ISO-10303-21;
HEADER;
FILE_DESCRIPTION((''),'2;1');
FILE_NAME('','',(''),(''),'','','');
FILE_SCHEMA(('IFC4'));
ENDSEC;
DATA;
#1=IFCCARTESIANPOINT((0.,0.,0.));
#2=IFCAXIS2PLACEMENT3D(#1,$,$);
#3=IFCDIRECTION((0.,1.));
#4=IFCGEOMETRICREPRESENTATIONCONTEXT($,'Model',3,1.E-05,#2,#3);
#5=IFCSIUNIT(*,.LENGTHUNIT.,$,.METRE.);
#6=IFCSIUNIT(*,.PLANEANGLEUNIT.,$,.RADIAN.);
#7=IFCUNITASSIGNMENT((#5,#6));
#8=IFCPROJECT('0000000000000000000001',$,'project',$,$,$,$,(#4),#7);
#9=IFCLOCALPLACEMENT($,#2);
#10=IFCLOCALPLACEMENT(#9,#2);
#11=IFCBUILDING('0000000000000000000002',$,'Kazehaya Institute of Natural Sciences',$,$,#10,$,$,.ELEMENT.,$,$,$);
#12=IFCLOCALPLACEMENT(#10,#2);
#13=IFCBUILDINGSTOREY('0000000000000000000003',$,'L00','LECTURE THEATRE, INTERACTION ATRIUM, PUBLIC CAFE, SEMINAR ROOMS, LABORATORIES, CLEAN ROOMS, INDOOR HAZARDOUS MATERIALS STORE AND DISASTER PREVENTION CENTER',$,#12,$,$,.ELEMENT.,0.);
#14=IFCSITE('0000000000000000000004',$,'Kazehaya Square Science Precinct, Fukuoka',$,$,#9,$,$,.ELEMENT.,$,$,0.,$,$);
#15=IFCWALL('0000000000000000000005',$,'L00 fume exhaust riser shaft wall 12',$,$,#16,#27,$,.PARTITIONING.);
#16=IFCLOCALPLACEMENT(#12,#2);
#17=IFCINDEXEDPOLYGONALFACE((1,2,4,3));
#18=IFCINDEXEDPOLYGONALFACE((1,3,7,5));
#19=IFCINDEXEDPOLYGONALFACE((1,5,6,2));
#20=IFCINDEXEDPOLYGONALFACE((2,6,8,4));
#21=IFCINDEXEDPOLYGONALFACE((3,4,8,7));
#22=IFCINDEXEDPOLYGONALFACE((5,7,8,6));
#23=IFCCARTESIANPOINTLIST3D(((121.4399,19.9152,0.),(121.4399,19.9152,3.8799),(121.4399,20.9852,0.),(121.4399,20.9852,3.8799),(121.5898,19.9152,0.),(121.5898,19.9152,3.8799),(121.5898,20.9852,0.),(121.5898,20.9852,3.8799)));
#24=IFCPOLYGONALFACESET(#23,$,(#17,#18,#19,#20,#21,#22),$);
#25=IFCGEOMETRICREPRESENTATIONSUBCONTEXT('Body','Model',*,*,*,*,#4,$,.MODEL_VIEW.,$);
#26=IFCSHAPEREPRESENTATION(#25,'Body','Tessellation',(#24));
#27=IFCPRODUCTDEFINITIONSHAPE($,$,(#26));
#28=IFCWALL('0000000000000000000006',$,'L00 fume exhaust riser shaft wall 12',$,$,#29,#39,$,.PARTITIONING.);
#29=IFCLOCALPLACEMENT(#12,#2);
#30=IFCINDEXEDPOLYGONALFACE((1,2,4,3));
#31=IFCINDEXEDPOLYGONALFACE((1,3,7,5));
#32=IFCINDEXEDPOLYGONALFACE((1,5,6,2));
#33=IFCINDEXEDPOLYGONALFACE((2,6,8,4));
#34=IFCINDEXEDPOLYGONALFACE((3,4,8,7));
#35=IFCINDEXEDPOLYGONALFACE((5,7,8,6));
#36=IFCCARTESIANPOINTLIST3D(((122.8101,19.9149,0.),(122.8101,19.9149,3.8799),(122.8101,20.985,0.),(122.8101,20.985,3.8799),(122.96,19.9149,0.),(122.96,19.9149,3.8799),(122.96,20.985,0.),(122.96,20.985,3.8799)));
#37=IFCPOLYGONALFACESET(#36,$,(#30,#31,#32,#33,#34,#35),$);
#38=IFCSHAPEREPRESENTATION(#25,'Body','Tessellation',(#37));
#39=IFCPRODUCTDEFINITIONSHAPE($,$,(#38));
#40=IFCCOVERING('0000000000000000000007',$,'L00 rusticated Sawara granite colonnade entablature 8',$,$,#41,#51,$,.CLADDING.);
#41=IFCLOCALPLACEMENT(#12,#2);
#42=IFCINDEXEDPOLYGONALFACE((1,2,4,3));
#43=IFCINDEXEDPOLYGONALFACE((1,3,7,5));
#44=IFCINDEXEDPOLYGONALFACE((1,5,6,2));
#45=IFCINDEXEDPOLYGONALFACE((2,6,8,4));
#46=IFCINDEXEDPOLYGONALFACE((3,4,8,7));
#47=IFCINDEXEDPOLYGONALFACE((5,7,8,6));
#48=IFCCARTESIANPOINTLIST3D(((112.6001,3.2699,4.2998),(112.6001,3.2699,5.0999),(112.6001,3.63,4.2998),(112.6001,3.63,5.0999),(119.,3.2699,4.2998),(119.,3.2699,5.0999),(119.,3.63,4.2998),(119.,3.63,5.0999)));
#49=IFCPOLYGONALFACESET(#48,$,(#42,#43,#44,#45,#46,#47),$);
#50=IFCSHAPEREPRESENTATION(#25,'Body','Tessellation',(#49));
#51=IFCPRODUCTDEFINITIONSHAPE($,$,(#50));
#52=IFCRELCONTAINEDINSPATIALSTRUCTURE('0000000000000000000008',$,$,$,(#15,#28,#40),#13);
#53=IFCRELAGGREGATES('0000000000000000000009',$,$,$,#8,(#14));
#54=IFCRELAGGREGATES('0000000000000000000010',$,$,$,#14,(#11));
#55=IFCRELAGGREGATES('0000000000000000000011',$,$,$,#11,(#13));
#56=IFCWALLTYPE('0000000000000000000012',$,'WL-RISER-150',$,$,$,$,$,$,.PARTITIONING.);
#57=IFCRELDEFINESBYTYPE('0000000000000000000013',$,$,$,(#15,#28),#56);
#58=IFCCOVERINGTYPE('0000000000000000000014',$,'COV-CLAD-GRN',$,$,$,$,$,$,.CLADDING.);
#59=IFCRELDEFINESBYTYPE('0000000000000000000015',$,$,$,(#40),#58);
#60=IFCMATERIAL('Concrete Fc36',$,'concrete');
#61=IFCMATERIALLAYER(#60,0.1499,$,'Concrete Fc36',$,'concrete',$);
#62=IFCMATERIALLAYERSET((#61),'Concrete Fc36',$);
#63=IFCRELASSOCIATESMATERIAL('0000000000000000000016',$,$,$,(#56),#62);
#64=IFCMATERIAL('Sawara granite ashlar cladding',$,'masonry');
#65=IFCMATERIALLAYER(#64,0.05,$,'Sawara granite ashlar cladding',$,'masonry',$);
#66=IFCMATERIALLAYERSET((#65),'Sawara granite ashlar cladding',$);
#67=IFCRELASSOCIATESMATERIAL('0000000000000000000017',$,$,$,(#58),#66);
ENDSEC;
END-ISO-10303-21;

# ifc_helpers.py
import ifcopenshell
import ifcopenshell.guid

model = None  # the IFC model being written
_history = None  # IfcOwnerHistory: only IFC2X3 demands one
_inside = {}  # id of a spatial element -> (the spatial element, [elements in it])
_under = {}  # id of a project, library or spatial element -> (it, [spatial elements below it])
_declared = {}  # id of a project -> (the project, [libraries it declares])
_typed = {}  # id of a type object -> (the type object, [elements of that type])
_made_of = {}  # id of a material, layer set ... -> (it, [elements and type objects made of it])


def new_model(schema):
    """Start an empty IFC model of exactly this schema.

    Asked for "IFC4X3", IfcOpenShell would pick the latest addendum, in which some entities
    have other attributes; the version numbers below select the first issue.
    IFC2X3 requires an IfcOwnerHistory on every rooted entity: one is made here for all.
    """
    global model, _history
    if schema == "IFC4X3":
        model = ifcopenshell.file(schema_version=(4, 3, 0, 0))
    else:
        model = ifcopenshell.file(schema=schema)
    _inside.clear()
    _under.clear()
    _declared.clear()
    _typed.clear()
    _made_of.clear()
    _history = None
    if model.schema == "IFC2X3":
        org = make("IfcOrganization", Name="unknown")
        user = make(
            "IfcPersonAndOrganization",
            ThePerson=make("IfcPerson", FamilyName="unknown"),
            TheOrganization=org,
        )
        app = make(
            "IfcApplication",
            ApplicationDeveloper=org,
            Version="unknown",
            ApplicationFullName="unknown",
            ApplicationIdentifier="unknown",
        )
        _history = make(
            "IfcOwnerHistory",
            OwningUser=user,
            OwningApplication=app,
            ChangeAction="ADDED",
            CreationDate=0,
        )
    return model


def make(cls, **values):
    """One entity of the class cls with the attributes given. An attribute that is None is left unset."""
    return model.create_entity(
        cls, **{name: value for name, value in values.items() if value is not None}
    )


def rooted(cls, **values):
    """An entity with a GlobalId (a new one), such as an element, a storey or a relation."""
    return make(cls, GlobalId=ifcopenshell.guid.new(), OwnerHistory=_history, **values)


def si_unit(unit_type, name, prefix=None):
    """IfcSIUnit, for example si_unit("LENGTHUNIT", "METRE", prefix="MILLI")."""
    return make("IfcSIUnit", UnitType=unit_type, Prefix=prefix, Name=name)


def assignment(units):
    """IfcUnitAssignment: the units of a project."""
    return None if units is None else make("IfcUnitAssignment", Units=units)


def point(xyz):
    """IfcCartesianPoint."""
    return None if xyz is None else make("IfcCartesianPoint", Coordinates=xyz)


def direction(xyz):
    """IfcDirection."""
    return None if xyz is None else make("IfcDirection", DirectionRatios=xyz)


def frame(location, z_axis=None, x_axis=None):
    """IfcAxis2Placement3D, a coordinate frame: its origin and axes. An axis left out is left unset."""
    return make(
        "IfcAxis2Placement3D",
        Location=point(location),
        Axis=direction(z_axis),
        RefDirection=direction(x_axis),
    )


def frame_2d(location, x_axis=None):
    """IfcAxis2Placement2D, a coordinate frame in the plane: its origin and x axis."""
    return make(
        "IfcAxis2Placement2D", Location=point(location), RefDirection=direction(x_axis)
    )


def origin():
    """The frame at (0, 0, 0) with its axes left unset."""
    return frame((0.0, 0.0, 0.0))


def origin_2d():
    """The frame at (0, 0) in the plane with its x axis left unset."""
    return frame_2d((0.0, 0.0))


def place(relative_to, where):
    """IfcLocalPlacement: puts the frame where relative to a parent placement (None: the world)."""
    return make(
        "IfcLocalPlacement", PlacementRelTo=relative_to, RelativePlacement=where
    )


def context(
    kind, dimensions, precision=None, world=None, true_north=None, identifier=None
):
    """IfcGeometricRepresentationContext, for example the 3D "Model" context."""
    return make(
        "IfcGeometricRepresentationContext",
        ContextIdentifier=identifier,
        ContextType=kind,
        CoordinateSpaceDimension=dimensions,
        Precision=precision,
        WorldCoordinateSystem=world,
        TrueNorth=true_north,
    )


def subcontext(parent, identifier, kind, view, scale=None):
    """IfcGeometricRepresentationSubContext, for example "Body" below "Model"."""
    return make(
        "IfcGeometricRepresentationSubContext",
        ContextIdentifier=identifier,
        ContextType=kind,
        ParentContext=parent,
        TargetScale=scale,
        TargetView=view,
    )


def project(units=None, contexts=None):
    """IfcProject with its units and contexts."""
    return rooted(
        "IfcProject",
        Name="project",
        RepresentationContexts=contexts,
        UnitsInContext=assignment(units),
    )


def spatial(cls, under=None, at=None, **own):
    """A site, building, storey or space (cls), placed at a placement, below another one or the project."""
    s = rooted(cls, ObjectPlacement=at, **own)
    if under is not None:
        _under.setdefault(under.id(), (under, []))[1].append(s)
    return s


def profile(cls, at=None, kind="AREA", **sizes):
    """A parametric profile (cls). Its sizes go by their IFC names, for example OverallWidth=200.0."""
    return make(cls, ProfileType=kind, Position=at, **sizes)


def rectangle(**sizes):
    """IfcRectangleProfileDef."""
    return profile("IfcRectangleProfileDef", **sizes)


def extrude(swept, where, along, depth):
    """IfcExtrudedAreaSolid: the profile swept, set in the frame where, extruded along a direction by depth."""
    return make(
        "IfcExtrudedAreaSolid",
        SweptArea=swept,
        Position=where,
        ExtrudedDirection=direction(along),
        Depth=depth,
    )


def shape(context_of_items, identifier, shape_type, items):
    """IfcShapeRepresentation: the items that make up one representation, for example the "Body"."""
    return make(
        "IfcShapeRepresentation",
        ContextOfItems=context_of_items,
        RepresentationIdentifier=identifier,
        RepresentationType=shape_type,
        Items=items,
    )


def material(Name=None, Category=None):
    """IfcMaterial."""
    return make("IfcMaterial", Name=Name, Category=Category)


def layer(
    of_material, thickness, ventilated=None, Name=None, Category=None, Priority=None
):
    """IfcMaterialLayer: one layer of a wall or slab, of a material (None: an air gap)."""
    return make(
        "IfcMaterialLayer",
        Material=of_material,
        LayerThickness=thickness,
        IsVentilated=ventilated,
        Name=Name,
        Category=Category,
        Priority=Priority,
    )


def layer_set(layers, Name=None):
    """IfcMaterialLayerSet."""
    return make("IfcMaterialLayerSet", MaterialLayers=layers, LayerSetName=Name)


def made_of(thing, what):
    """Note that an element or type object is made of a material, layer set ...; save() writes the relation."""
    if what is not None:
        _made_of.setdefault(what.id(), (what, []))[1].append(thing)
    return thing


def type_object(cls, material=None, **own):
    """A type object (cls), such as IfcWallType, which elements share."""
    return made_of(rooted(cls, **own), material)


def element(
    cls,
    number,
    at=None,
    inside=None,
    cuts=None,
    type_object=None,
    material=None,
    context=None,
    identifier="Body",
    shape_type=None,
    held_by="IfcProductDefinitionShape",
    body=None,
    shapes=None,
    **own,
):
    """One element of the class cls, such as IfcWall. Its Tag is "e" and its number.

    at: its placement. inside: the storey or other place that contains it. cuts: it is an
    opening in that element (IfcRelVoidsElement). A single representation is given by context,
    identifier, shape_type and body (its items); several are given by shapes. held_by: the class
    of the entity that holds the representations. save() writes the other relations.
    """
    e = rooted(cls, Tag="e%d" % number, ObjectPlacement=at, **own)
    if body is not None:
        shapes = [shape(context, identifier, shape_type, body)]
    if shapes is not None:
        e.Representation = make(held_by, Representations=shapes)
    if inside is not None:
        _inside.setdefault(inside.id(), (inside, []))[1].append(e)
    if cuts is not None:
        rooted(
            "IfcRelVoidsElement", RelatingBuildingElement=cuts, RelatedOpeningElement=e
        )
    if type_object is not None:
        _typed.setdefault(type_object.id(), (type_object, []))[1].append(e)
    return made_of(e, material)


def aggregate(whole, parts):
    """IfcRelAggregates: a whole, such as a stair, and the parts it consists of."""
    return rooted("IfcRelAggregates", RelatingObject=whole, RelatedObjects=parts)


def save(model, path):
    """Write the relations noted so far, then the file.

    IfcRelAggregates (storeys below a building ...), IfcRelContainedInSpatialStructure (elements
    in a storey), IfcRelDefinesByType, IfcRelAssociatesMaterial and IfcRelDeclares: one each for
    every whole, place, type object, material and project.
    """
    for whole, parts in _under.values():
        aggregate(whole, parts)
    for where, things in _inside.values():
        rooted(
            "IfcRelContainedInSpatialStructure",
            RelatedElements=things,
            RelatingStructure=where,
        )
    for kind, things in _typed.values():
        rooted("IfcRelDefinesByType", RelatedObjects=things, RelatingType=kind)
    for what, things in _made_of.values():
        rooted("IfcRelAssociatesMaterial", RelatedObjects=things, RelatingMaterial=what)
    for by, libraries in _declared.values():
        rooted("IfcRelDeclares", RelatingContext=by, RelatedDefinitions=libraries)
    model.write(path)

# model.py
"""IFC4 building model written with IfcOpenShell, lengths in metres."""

from ifc_helpers import new_model, si_unit, direction, frame, frame_2d, origin, origin_2d, place, context, subcontext, project, spatial, rectangle, extrude, material, layer, layer_set, type_object, element, save


model = new_model("IFC4")

# Units and contexts
model_context = context("Model", 3, precision=1e-05, world=origin(), true_north=direction((0.0, 1.0)))
body_context = subcontext(model_context, "Body", "Model", "MODEL_VIEW")
ifc_project = project(units=[si_unit("LENGTHUNIT", "METRE"), si_unit("PLANEANGLEUNIT", "RADIAN")], contexts=[model_context])

# Site, building, storey
site_placement = place(None, origin())
site = spatial("IfcSite", under=ifc_project, at=site_placement, Name="Kazehaya Square Science Precinct, Fukuoka", CompositionType="ELEMENT", RefElevation=0.0)
building_placement = place(site_placement, origin())
building = spatial("IfcBuilding", under=site, at=building_placement, Name="Kazehaya Institute of Natural Sciences", CompositionType="ELEMENT")
storey_placement = place(building_placement, origin())
storey = spatial("IfcBuildingStorey", under=building, at=storey_placement, Name="L00", Description="LECTURE THEATRE, INTERACTION ATRIUM, PUBLIC CAFE, SEMINAR ROOMS, LABORATORIES, CLEAN ROOMS, INDOOR HAZARDOUS MATERIALS STORE AND DISASTER PREVENTION CENTER", CompositionType="ELEMENT", Elevation=0.0)

# Shared definitions
ifc_material_1 = material(Name="Concrete Fc36", Category="concrete")

# Walls
ifc_layer_1 = layer(ifc_material_1, 0.1499, Name="Concrete Fc36", Category="concrete")
ifc_layer_set_1 = layer_set([ifc_layer_1], Name="Concrete Fc36")
wall_type_1 = type_object("IfcWallType", Name="WL-RISER-150", PredefinedType="PARTITIONING", material=ifc_layer_set_1)
for number, where, z_axis, x_axis, name in (
    (1, (121.5149, 19.915, 0.0), (0.0, 0.0, 1.0), (0.0, 1.0, 0.0), "L00 fume exhaust riser shaft wall 12"),
    (2, (122.885, 20.9851, 0.0), (0.0, 0.0, 1.0), (0.0, -1.0, 0.0), "L00 fume exhaust riser shaft wall 12"),
):
    element("IfcWall", number, at=place(storey_placement, frame(where, z_axis=z_axis, x_axis=x_axis)), inside=storey, type_object=wall_type_1, Name=name, PredefinedType="PARTITIONING", context=body_context, shape_type="SweptSolid", body=[
        extrude(rectangle(XDim=1.0701, YDim=0.1499, at=frame_2d((0.5352, 0.0))), origin(), (0.0, 0.0, 1.0), 3.8799),
    ])

# Covering
ifc_material_2 = material(Name="Sawara granite ashlar cladding", Category="masonry")
ifc_layer_2 = layer(ifc_material_2, 0.05, Name="Sawara granite ashlar cladding", Category="masonry")
ifc_layer_set_2 = layer_set([ifc_layer_2], Name="Sawara granite ashlar cladding")
covering_type = type_object("IfcCoveringType", Name="COV-CLAD-GRN", PredefinedType="CLADDING", material=ifc_layer_set_2)
covering_placement = place(storey_placement, frame((115.8, 3.45, 4.2998), z_axis=(0.0, 0.0, 1.0), x_axis=(1.0, 0.0, 0.0)))
element("IfcCovering", 3, at=covering_placement, inside=storey, type_object=covering_type, Name="L00 rusticated Sawara granite colonnade entablature 8", PredefinedType="CLADDING", context=body_context, shape_type="SweptSolid", body=[
    extrude(rectangle(XDim=6.3999, YDim=0.3601, at=origin_2d()), origin(), (0.0, 0.0, 1.0), 0.8),
])

save(model, "model.ifc")
